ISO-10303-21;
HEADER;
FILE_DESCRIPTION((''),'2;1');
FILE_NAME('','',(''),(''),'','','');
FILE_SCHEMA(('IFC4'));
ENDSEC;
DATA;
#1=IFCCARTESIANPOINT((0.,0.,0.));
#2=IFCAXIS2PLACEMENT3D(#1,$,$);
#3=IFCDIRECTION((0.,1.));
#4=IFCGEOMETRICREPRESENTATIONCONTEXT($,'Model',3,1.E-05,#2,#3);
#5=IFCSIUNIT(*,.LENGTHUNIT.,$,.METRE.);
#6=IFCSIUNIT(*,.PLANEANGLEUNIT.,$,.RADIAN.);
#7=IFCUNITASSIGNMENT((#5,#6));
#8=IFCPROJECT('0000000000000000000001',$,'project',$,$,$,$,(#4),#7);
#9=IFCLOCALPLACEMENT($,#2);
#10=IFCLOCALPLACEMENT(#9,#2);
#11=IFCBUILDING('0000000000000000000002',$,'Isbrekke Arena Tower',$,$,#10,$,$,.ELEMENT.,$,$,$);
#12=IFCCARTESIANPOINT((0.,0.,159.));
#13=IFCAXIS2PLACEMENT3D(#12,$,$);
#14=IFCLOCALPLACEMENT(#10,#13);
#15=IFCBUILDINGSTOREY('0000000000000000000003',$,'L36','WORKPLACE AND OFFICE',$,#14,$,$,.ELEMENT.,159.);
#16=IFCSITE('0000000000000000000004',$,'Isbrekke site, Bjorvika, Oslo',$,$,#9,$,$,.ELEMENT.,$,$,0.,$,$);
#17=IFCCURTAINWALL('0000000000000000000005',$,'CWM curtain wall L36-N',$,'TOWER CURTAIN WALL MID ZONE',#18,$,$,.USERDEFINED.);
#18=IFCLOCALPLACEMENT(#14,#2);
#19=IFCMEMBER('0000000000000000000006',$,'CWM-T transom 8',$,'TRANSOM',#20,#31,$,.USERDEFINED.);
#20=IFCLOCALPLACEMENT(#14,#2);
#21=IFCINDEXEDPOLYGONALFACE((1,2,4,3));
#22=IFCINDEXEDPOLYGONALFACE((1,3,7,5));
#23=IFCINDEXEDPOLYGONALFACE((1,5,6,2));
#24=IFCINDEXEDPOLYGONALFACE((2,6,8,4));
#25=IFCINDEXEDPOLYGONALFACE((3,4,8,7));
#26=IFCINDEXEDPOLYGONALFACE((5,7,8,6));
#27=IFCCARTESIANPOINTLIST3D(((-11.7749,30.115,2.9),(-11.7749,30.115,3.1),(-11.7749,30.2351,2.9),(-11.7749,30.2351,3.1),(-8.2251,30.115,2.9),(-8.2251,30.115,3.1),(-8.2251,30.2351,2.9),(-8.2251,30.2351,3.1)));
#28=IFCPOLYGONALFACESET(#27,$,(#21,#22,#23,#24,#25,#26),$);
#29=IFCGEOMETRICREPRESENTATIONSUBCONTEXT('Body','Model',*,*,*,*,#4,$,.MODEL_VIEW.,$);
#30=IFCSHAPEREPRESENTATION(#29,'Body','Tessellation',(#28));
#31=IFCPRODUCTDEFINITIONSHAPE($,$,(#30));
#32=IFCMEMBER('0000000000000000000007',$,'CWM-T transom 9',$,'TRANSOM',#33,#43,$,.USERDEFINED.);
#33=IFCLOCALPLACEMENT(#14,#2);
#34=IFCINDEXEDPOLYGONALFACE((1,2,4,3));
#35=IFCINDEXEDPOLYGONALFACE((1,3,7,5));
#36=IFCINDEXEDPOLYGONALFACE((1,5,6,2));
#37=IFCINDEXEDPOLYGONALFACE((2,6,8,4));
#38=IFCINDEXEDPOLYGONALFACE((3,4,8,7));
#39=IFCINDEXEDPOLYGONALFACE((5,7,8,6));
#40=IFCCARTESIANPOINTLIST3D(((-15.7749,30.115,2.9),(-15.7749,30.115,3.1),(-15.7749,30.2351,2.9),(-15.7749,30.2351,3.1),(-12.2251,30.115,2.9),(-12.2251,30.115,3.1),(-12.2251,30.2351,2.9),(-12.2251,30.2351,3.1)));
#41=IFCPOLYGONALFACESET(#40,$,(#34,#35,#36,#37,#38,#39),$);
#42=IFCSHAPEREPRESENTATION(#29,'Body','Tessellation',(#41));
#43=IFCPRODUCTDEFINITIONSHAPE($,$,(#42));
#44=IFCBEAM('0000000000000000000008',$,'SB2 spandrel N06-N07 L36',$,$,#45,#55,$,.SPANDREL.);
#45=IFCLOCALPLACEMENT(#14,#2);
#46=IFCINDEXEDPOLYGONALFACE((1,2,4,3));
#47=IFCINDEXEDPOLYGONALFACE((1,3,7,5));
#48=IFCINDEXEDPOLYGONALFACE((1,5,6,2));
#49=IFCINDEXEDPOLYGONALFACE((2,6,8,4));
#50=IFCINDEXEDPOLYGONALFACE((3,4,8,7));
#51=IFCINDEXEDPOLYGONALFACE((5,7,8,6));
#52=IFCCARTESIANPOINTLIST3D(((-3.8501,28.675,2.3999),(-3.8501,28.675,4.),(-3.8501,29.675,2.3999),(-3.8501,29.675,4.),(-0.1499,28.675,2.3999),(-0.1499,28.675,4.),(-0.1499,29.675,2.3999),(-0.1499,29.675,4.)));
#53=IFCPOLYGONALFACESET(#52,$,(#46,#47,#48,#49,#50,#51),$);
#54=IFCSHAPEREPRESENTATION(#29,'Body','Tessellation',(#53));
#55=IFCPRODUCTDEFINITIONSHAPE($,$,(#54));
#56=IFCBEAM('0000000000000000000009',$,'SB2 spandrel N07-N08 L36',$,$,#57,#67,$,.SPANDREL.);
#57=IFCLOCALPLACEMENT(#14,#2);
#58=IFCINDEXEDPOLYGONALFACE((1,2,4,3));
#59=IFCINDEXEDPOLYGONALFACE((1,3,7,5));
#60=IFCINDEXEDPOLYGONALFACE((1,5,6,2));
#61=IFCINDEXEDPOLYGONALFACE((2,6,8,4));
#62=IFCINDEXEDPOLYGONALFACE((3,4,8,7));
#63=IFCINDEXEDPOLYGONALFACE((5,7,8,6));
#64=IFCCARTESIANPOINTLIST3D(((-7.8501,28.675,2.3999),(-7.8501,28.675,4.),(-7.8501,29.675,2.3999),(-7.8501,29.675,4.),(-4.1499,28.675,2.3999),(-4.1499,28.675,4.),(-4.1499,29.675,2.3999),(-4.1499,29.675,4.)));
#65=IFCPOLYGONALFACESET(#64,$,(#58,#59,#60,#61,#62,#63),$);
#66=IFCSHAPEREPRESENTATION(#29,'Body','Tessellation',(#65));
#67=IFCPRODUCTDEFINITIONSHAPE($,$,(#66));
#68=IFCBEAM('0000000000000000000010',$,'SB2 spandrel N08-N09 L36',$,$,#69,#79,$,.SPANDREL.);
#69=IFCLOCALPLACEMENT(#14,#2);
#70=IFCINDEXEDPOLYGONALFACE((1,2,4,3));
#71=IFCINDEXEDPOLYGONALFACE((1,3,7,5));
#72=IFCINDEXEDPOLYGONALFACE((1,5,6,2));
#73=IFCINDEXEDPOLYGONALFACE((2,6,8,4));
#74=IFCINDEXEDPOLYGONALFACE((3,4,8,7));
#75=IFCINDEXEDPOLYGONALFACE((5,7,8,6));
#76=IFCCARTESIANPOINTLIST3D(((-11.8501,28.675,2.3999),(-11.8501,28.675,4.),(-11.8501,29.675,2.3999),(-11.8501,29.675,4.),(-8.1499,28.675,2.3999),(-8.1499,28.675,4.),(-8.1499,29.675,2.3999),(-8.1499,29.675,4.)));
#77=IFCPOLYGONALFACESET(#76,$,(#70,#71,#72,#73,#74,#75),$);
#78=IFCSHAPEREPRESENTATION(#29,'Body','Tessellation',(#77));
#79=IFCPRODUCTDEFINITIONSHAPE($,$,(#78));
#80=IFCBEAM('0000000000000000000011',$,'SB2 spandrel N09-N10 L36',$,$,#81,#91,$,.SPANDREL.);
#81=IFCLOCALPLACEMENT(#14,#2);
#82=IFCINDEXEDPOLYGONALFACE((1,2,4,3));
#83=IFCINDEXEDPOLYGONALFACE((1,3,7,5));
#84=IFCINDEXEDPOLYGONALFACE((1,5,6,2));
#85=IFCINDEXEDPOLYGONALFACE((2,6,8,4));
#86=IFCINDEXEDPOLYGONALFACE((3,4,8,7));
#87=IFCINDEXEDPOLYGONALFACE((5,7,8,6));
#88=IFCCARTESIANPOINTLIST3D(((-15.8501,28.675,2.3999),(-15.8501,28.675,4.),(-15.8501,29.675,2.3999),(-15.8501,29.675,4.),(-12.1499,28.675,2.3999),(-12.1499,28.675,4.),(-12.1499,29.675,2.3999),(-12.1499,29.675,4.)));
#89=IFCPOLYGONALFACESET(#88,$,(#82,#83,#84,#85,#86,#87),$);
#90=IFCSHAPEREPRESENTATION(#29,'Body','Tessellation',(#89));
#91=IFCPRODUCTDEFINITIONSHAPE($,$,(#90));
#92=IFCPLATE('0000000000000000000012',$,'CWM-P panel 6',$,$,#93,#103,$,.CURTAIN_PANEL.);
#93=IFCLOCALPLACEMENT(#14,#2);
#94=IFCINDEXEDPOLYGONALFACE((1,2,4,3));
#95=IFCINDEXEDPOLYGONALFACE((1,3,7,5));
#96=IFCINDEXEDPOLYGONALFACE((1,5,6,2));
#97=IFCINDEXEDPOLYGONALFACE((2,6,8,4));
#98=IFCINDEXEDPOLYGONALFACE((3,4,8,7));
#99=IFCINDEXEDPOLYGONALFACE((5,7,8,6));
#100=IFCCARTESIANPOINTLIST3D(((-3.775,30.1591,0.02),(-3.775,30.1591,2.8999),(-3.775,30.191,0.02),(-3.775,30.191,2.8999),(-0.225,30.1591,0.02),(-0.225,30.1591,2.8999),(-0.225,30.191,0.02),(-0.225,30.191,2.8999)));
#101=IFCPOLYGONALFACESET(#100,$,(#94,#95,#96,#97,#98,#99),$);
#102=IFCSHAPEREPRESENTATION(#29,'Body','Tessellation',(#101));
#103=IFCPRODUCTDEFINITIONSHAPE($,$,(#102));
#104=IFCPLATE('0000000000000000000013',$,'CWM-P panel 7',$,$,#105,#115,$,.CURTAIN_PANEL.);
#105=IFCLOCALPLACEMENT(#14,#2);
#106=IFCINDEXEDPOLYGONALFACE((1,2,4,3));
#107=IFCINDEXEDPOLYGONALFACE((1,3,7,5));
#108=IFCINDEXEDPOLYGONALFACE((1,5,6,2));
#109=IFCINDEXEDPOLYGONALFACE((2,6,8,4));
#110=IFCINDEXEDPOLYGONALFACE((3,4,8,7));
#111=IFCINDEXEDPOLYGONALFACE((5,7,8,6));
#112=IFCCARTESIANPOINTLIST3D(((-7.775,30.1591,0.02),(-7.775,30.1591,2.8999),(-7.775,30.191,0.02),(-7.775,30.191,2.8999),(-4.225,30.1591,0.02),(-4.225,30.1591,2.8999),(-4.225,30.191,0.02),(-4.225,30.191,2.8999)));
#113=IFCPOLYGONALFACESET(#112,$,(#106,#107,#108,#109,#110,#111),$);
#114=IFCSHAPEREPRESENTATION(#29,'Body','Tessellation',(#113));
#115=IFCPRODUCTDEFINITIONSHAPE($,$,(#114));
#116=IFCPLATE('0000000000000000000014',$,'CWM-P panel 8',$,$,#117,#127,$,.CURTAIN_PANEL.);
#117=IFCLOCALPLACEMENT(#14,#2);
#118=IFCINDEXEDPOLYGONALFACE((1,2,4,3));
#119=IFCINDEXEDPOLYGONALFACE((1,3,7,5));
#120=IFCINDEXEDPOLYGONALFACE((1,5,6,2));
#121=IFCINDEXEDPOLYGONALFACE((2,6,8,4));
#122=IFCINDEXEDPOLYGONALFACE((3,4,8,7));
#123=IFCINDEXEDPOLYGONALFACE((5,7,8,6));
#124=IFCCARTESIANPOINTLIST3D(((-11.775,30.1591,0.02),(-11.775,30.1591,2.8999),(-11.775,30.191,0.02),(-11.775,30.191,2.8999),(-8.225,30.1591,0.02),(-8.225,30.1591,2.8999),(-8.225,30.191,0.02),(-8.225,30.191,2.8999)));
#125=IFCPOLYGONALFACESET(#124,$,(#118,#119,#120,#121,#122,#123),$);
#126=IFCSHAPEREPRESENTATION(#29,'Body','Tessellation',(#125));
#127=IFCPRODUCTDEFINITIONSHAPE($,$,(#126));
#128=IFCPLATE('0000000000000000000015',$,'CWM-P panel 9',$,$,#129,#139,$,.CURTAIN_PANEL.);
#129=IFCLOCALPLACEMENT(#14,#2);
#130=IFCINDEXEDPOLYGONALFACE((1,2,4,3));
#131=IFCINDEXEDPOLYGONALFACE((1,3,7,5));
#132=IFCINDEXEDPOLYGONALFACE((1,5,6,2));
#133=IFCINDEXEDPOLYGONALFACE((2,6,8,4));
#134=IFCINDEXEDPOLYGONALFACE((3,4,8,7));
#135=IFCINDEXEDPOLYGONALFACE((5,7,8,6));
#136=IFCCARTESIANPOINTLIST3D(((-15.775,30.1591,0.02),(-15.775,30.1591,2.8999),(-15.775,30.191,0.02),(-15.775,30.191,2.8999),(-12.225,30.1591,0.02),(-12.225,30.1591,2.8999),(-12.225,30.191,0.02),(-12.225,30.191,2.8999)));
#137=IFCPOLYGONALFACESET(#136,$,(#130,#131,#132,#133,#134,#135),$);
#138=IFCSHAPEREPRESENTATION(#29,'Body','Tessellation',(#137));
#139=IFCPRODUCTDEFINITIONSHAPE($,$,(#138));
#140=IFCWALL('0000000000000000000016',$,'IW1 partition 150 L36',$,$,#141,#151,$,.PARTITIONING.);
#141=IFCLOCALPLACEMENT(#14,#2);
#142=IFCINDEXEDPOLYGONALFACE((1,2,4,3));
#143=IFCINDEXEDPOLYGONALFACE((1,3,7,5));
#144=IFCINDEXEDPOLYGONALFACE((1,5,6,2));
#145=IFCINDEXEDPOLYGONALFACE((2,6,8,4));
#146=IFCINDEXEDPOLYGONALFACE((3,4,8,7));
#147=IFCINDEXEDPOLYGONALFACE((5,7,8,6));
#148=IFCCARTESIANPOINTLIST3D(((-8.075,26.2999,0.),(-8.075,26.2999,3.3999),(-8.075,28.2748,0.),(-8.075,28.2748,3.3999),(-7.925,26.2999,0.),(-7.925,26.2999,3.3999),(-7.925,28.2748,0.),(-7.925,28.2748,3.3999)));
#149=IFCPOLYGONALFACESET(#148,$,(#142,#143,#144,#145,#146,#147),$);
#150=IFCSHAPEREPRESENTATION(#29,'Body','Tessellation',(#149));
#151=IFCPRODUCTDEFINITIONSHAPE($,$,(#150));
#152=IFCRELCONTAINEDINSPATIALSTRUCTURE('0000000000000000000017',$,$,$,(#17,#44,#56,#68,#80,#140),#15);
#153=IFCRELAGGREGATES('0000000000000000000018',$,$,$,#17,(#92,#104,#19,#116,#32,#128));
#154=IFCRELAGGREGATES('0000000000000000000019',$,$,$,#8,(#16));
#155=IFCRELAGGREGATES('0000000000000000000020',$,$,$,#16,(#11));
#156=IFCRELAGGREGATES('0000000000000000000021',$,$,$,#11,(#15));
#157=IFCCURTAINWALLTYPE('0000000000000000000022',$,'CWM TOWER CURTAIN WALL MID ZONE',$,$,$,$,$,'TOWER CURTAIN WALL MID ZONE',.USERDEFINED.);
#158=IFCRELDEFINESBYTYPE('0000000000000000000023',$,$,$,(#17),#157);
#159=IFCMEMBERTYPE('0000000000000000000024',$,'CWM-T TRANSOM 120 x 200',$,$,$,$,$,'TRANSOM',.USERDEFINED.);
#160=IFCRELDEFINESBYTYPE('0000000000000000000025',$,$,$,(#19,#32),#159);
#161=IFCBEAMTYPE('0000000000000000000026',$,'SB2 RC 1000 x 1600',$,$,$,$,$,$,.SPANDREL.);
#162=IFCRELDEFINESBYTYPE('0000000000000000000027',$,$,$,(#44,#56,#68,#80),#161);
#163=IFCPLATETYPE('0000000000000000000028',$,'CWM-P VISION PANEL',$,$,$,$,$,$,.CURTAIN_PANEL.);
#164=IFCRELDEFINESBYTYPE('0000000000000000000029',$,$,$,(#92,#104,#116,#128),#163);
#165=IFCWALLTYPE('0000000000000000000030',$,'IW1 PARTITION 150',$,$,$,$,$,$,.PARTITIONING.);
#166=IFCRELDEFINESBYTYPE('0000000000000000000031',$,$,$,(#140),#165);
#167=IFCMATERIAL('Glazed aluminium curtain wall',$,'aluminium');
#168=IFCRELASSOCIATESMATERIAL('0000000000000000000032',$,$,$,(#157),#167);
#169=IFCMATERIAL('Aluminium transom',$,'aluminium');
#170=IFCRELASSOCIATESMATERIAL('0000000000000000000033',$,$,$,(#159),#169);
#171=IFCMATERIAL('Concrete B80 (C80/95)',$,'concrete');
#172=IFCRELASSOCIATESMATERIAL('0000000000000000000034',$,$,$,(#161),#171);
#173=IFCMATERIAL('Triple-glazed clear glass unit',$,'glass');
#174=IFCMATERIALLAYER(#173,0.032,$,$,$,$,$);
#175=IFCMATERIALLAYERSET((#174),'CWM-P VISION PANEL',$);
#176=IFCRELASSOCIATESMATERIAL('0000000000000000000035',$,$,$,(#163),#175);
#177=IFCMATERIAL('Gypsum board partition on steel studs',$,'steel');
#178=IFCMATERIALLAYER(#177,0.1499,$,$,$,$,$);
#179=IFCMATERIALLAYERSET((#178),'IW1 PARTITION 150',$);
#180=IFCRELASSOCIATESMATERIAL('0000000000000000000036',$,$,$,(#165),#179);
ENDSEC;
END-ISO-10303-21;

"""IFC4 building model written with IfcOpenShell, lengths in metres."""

from ifc_helpers import new_model, si_unit, direction, frame, frame_2d, origin, origin_2d, place, context, subcontext, project, spatial, rectangle, extrude, material, layer, layer_set, material_profile, profile_set, type_object, element, aggregate, save


model = new_model("IFC4")

# Units and contexts
model_context = context("Model", 3, precision=1e-05, world=origin(), true_north=direction((0.0, 1.0)))
body_context = subcontext(model_context, "Body", "Model", "MODEL_VIEW")
ifc_project = project(units=[si_unit("LENGTHUNIT", "METRE"), si_unit("PLANEANGLEUNIT", "RADIAN")], contexts=[model_context])

# Site, building, storey
site_placement = place(None, origin())
site = spatial("IfcSite", under=ifc_project, at=site_placement, Name="Isbrekke site, Bjorvika, Oslo", CompositionType="ELEMENT", RefElevation=0.0)
building_placement = place(site_placement, origin())
building = spatial("IfcBuilding", under=site, at=building_placement, Name="Isbrekke Arena Tower", CompositionType="ELEMENT")
storey_placement = place(building_placement, frame((0.0, 0.0, 159.0)))
storey = spatial("IfcBuildingStorey", under=building, at=storey_placement, Name="L36", Description="WORKPLACE AND OFFICE", CompositionType="ELEMENT", Elevation=159.0)

# Curtain wall, members
ifc_material_1 = material(Name="Glazed aluminium curtain wall", Category="aluminium")
curtain_wall_type = type_object("IfcCurtainWallType", Name="CWM TOWER CURTAIN WALL MID ZONE", ElementType="TOWER CURTAIN WALL MID ZONE", PredefinedType="USERDEFINED", material=ifc_material_1)
curtain_wall_placement = place(storey_placement, origin())
curtain_wall = element("IfcCurtainWall", 1, at=curtain_wall_placement, inside=storey, type_object=curtain_wall_type, Name="CWM curtain wall L36-N", ObjectType="TOWER CURTAIN WALL MID ZONE", PredefinedType="USERDEFINED")
ifc_material_2 = material(Name="Aluminium transom", Category="aluminium")
ifc_material_profile_1 = material_profile(ifc_material_2, rectangle(XDim=0.1201, YDim=0.2, at=origin_2d()), Name="TRANSOM 120X200")
ifc_profile_set_1 = profile_set([ifc_material_profile_1], Name="Aluminium transom")
member_type_1 = type_object("IfcMemberType", Name="CWM-T TRANSOM 120 x 200", ElementType="TRANSOM", PredefinedType="USERDEFINED", material=ifc_profile_set_1)
member_1_placement = place(storey_placement, frame((-8.2251, 30.175, 3.0), z_axis=(-1.0, 0.0, 0.0), x_axis=(0.0, -1.0, 0.0)))
member_1 = element("IfcMember", 2, at=member_1_placement, type_object=member_type_1, Name="CWM-T transom 8", ObjectType="TRANSOM", PredefinedType="USERDEFINED", context=body_context, shape_type="SweptSolid", body=[
    extrude(rectangle(XDim=0.1201, YDim=0.2, at=origin_2d()), origin(), (0.0, 0.0, 1.0), 3.5498),
])
member_2_placement = place(storey_placement, frame((-12.2251, 30.175, 3.0), z_axis=(-1.0, 0.0, 0.0), x_axis=(0.0, -1.0, 0.0)))
member_2 = element("IfcMember", 3, at=member_2_placement, type_object=member_type_1, Name="CWM-T transom 9", ObjectType="TRANSOM", PredefinedType="USERDEFINED", context=body_context, shape_type="SweptSolid", body=[
    extrude(rectangle(XDim=0.1201, YDim=0.2, at=origin_2d()), origin(), (0.0, 0.0, 1.0), 3.5498),
])

# Beams
ifc_material_3 = material(Name="Concrete B80 (C80/95)", Category="concrete")
ifc_material_profile_2 = material_profile(ifc_material_3, rectangle(XDim=1.0, YDim=1.6001, at=origin_2d()), Name="RC 1000x1600")
ifc_profile_set_2 = profile_set([ifc_material_profile_2], Name="Concrete B80 (C80/95)")
beam_type_1 = type_object("IfcBeamType", Name="SB2 RC 1000 x 1600", PredefinedType="SPANDREL", material=ifc_profile_set_2)
for number, where, z_axis, x_axis, name in (
    (4, (-0.1499, 29.175, 3.2), (-1.0, 0.0, 0.0), (0.0, -1.0, 0.0), "SB2 spandrel N06-N07 L36"),
    (5, (-4.1499, 29.175, 3.2), (-1.0, 0.0, 0.0), (0.0, -1.0, 0.0), "SB2 spandrel N07-N08 L36"),
    (6, (-8.1499, 29.175, 3.2), (-1.0, 0.0, 0.0), (0.0, -1.0, 0.0), "SB2 spandrel N08-N09 L36"),
    (7, (-12.1499, 29.175, 3.2), (-1.0, 0.0, 0.0), (0.0, -1.0, 0.0), "SB2 spandrel N09-N10 L36"),
):
    element("IfcBeam", number, at=place(storey_placement, frame(where, z_axis=z_axis, x_axis=x_axis)), inside=storey, type_object=beam_type_1, Name=name, PredefinedType="SPANDREL", context=body_context, shape_type="SweptSolid", body=[
        extrude(rectangle(XDim=1.0, YDim=1.6001, at=origin_2d()), origin(), (0.0, 0.0, 1.0), 3.7002),
    ])

# Plates
ifc_material_4 = material(Name="Triple-glazed clear glass unit", Category="glass")
ifc_layer_1 = layer(ifc_material_4, 0.032)
ifc_layer_set_1 = layer_set([ifc_layer_1], Name="CWM-P VISION PANEL")
plate_type = type_object("IfcPlateType", Name="CWM-P VISION PANEL", PredefinedType="CURTAIN_PANEL", material=ifc_layer_set_1)
plate_1_placement = place(storey_placement, frame((-2.0, 30.175, 0.02), z_axis=(0.0, 0.0, 1.0), x_axis=(-1.0, 0.0, 0.0)))
plate_1 = element("IfcPlate", 8, at=plate_1_placement, type_object=plate_type, Name="CWM-P panel 6", PredefinedType="CURTAIN_PANEL", context=body_context, shape_type="SweptSolid", body=[
    extrude(rectangle(XDim=3.55, YDim=0.032, at=origin_2d()), origin(), (0.0, 0.0, 1.0), 2.8799),
])
plate_2_placement = place(storey_placement, frame((-6.0, 30.175, 0.02), z_axis=(0.0, 0.0, 1.0), x_axis=(-1.0, 0.0, 0.0)))
plate_2 = element("IfcPlate", 9, at=plate_2_placement, type_object=plate_type, Name="CWM-P panel 7", PredefinedType="CURTAIN_PANEL", context=body_context, shape_type="SweptSolid", body=[
    extrude(rectangle(XDim=3.55, YDim=0.032, at=origin_2d()), origin(), (0.0, 0.0, 1.0), 2.8799),
])
plate_3_placement = place(storey_placement, frame((-10.0, 30.175, 0.02), z_axis=(0.0, 0.0, 1.0), x_axis=(-1.0, 0.0, 0.0)))
plate_3 = element("IfcPlate", 10, at=plate_3_placement, type_object=plate_type, Name="CWM-P panel 8", PredefinedType="CURTAIN_PANEL", context=body_context, shape_type="SweptSolid", body=[
    extrude(rectangle(XDim=3.55, YDim=0.032, at=origin_2d()), origin(), (0.0, 0.0, 1.0), 2.8799),
])
plate_4_placement = place(storey_placement, frame((-14.0, 30.175, 0.02), z_axis=(0.0, 0.0, 1.0), x_axis=(-1.0, 0.0, 0.0)))
plate_4 = element("IfcPlate", 11, at=plate_4_placement, type_object=plate_type, Name="CWM-P panel 9", PredefinedType="CURTAIN_PANEL", context=body_context, shape_type="SweptSolid", body=[
    extrude(rectangle(XDim=3.55, YDim=0.032, at=origin_2d()), origin(), (0.0, 0.0, 1.0), 2.8799),
])
aggregate(curtain_wall, [plate_1, plate_2, member_1, plate_3, member_2, plate_4])

# Wall
ifc_material_5 = material(Name="Gypsum board partition on steel studs", Category="steel")
ifc_layer_2 = layer(ifc_material_5, 0.1499)
ifc_layer_set_2 = layer_set([ifc_layer_2], Name="IW1 PARTITION 150")
wall_type = type_object("IfcWallType", Name="IW1 PARTITION 150", PredefinedType="PARTITIONING", material=ifc_layer_set_2)
wall_placement = place(storey_placement, frame((-8.0, 26.3, 0.0), z_axis=(0.0, 0.0, 1.0), x_axis=(0.0, 1.0, 0.0)))
element("IfcWall", 12, at=wall_placement, inside=storey, type_object=wall_type, Name="IW1 partition 150 L36", PredefinedType="PARTITIONING", context=body_context, shape_type="SweptSolid", body=[
    extrude(rectangle(XDim=1.9749, YDim=0.1499, at=frame_2d((0.9873, 0.0))), origin(), (0.0, 0.0, 1.0), 3.3999),
])

save(model, "model.ifc")
